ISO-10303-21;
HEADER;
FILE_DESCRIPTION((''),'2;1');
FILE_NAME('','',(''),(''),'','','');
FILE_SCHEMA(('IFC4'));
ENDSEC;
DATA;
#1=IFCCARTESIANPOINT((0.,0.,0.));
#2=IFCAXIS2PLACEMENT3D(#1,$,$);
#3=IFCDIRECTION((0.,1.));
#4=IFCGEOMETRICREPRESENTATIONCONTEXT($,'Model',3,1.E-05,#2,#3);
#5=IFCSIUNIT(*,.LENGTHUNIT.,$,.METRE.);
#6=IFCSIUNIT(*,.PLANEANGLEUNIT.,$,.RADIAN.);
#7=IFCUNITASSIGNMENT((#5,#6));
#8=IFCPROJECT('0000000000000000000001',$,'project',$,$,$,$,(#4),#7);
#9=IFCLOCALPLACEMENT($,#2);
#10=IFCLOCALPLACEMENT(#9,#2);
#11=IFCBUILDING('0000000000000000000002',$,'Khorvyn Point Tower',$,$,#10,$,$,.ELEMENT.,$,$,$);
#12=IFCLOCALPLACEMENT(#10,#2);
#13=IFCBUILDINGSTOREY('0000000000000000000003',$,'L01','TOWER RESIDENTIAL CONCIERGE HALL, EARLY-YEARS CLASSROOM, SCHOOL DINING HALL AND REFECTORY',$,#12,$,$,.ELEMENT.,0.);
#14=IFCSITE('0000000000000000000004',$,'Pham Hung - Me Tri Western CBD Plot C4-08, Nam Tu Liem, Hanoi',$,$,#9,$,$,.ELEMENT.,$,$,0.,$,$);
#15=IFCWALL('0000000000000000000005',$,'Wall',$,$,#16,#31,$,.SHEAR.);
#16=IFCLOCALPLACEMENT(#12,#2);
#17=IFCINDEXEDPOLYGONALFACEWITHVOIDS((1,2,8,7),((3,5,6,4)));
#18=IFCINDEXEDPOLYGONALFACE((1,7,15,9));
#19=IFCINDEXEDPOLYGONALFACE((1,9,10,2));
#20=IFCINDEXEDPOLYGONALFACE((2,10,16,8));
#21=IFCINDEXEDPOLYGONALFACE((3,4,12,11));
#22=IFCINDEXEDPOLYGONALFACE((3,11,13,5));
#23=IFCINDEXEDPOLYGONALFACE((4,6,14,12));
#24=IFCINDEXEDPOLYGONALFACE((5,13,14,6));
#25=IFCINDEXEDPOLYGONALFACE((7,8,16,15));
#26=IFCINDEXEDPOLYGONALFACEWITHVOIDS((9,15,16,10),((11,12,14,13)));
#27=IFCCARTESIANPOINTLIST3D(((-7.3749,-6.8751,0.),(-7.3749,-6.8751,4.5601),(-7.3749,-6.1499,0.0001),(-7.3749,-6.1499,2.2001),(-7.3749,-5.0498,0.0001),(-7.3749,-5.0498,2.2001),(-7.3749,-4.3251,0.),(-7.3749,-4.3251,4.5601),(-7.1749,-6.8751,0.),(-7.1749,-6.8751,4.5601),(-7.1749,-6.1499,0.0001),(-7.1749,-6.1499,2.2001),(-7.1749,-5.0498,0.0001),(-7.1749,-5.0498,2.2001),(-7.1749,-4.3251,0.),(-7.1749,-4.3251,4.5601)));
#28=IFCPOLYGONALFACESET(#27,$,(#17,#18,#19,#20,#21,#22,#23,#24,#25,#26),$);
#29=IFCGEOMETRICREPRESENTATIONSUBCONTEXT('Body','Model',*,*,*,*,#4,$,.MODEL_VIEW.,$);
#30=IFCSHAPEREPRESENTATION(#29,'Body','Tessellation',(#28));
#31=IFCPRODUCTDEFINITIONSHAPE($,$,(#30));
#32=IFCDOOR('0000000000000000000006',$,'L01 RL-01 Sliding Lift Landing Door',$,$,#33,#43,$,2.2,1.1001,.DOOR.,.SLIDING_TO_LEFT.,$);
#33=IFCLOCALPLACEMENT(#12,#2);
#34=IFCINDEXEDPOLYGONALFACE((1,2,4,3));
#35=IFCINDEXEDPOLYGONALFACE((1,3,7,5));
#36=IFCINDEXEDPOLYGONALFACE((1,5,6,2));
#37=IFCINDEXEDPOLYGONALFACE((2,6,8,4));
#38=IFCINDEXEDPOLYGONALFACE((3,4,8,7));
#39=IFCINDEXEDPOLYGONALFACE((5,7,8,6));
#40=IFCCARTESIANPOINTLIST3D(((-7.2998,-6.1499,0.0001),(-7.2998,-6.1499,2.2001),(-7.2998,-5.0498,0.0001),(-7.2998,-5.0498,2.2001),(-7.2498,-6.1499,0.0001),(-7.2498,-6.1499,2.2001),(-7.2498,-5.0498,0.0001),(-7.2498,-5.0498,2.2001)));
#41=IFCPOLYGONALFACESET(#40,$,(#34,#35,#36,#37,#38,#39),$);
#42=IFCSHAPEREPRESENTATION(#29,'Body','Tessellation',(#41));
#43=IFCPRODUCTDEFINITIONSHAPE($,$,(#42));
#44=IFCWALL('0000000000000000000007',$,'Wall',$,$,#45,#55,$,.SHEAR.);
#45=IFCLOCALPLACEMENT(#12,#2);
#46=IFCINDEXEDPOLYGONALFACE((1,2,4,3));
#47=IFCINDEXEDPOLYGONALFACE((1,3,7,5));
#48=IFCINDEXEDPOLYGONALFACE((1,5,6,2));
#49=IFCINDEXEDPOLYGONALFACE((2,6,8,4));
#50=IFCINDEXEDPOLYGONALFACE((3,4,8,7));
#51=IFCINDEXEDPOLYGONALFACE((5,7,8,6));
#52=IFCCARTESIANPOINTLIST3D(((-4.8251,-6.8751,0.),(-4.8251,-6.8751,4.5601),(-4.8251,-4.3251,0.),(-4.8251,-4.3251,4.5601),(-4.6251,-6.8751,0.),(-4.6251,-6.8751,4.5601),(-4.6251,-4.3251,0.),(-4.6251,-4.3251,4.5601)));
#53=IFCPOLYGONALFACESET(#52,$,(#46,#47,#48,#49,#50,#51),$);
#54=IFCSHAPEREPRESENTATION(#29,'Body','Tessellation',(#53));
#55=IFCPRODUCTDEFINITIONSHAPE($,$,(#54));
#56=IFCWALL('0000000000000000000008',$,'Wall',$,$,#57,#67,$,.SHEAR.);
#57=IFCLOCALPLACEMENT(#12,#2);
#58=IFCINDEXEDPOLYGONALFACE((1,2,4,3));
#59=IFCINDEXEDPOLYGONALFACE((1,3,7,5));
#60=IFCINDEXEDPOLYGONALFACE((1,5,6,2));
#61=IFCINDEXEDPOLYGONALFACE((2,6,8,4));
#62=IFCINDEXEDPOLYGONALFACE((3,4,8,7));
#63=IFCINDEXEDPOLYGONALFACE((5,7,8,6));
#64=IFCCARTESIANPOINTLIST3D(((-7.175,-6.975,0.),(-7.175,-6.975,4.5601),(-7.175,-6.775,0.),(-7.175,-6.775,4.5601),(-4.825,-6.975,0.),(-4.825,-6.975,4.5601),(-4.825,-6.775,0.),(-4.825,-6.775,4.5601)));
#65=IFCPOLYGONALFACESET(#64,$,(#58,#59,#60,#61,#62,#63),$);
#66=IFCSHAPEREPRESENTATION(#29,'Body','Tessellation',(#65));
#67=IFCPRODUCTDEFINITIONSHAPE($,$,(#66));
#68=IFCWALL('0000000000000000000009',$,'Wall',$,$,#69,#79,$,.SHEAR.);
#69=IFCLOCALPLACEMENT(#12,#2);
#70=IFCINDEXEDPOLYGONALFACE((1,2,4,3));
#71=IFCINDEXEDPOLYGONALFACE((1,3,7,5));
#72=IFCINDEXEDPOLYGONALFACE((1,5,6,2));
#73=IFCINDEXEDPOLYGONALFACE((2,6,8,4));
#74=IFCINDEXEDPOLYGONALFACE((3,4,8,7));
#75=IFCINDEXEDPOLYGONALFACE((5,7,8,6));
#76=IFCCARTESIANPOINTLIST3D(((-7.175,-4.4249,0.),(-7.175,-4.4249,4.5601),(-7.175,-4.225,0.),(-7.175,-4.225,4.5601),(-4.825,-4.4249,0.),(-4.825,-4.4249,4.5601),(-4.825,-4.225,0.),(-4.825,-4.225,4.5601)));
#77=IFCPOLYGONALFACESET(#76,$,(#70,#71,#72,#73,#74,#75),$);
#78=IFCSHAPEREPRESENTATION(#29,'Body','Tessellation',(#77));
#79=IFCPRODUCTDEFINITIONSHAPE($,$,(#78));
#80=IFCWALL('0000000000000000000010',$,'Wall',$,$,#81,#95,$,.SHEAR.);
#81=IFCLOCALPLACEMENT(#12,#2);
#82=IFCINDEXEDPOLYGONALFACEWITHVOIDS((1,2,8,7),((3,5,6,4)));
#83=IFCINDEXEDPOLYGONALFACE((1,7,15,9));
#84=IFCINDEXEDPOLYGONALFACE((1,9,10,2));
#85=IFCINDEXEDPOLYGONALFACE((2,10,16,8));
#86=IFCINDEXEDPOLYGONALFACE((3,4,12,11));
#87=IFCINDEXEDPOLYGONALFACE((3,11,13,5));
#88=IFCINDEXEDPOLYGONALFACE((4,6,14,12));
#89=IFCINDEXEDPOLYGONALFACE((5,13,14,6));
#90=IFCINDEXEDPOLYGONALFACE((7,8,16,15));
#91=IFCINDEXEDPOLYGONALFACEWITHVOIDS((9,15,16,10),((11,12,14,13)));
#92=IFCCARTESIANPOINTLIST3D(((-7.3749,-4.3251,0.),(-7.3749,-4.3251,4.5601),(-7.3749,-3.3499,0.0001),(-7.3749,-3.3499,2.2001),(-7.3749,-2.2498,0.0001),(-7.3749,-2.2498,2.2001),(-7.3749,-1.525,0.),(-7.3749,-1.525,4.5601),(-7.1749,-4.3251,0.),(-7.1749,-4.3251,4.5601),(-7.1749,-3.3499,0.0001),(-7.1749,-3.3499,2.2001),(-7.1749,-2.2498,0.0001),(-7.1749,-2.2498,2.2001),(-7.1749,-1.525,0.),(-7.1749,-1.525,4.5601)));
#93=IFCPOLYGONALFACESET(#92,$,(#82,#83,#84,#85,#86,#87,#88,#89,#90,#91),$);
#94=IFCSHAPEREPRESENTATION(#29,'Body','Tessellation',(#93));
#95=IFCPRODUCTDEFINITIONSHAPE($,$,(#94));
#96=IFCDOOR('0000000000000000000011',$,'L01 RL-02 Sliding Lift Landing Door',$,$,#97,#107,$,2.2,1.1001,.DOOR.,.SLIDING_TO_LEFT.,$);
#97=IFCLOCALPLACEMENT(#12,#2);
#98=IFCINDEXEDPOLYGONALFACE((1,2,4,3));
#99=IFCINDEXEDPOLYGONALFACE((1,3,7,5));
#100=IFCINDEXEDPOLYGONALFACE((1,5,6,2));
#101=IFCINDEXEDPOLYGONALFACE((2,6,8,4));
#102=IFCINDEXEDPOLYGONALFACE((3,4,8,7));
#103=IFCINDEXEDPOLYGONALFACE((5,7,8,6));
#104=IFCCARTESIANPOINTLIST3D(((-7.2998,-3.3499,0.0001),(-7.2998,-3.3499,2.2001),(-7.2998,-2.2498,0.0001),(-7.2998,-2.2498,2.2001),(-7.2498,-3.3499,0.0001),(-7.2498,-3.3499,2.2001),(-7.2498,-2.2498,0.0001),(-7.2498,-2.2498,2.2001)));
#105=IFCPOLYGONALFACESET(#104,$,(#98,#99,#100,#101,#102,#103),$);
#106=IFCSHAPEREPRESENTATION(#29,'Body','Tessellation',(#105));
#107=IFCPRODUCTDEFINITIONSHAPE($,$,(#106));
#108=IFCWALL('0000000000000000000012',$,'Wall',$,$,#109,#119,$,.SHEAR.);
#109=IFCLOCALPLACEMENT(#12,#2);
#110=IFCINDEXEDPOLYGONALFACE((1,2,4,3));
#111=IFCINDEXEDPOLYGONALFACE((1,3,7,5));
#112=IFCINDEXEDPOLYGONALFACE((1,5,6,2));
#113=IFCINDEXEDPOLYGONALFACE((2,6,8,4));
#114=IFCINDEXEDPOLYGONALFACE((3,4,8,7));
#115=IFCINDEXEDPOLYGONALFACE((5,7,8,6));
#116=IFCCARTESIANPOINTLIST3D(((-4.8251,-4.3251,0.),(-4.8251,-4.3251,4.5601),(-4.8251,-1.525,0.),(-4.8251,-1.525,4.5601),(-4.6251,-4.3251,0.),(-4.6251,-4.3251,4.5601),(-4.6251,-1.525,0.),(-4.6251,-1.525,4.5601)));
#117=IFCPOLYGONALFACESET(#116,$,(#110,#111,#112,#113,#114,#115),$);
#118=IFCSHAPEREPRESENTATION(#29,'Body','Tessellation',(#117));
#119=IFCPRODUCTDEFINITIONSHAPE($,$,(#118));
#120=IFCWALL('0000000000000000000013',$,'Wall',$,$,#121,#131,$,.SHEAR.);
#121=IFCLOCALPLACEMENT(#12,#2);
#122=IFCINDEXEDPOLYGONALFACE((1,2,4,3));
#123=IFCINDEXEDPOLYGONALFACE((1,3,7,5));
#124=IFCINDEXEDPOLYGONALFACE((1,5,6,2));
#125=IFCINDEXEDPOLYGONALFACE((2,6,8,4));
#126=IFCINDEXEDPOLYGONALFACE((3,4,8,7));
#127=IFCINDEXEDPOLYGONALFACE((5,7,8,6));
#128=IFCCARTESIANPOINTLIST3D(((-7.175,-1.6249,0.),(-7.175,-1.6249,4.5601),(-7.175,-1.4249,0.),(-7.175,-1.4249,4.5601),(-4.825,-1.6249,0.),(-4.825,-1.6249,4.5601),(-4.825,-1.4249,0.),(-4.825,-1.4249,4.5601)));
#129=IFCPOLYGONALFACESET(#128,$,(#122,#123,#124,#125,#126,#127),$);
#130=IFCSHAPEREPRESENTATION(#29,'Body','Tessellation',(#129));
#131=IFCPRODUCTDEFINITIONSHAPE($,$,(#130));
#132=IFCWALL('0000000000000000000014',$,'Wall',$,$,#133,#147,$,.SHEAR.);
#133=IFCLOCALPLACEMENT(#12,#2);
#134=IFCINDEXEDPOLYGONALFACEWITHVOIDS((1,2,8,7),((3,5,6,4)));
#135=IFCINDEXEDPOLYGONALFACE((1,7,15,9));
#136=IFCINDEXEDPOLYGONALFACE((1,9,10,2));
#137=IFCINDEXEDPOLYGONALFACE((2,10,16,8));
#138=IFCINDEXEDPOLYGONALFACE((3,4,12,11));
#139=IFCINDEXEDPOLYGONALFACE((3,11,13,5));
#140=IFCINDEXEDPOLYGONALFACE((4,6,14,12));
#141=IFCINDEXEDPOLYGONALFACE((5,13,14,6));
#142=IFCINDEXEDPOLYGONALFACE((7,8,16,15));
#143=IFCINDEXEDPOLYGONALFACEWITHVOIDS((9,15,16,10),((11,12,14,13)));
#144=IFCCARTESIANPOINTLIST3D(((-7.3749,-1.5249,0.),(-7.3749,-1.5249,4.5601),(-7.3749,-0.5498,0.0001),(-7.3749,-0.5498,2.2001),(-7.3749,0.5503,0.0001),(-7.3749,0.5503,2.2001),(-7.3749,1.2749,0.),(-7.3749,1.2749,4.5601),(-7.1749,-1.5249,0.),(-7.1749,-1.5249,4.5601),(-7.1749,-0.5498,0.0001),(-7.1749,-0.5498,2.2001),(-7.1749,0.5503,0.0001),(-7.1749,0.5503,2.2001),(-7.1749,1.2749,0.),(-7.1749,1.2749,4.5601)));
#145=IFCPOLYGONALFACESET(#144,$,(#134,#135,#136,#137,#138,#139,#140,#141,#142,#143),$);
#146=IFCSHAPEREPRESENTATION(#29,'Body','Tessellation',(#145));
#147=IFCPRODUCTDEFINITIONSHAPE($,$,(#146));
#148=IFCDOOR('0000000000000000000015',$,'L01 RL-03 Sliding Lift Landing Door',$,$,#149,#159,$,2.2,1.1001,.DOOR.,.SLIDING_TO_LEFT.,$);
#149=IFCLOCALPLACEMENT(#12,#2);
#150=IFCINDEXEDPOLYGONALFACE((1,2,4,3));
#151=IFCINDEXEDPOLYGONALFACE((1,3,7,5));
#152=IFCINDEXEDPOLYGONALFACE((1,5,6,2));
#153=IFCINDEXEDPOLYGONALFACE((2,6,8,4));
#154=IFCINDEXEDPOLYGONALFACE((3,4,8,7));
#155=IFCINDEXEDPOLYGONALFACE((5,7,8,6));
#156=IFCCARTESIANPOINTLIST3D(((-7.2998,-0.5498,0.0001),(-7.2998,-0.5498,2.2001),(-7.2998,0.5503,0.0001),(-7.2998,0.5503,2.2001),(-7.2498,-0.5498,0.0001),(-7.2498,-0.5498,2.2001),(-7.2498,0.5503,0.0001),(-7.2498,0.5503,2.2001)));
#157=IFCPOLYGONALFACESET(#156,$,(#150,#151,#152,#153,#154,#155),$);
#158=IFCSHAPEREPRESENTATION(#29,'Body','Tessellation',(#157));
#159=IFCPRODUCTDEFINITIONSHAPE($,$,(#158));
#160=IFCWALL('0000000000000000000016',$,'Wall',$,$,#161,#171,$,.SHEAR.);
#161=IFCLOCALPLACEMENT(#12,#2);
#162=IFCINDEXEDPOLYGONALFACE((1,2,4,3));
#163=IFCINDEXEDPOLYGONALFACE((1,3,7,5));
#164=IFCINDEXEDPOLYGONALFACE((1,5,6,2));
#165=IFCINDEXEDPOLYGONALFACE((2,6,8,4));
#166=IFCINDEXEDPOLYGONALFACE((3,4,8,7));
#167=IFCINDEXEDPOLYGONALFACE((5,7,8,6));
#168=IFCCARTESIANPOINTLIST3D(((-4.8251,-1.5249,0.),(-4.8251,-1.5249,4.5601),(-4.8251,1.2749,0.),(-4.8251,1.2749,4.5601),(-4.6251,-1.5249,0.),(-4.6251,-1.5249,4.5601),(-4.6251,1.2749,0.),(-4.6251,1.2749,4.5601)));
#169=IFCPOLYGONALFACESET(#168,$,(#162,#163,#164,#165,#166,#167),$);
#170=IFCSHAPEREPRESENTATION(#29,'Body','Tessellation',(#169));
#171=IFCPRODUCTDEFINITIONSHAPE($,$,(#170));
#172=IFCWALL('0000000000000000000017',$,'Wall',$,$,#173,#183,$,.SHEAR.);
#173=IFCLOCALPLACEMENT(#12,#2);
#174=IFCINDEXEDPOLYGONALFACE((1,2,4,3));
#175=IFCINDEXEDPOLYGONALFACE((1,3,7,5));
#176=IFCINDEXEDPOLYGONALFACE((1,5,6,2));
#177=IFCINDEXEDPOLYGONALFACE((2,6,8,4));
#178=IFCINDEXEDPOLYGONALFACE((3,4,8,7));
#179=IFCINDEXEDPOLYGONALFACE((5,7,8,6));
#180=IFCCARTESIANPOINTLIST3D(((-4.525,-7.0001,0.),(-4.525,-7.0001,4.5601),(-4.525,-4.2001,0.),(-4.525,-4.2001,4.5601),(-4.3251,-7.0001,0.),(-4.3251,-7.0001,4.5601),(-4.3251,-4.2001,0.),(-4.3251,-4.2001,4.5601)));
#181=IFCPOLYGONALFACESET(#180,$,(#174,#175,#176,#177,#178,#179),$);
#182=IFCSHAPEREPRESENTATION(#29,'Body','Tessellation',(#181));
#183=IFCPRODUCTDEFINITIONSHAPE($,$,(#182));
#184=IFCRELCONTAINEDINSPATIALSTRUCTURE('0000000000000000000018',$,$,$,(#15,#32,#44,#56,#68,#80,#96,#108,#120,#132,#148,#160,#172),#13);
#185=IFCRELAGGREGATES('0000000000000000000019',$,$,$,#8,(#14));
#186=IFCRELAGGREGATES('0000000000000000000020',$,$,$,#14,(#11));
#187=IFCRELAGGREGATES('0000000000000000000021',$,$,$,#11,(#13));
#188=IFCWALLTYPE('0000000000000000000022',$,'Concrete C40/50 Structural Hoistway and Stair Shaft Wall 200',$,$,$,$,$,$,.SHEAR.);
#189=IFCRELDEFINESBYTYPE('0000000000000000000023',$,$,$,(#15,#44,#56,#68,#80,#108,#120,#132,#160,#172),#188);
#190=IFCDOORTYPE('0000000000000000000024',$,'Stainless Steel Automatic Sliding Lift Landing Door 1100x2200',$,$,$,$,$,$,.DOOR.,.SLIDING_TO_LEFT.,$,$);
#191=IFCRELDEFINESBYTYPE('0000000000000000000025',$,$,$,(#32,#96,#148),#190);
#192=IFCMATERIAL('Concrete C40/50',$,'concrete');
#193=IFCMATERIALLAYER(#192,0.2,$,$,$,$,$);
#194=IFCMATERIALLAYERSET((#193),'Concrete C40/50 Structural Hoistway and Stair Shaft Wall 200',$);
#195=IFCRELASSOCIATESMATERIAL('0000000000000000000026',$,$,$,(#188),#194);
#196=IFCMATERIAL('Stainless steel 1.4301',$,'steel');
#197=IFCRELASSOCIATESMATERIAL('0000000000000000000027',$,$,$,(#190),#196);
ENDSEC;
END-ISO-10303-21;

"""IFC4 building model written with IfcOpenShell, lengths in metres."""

from ifc_helpers import new_model, si_unit, direction, frame, frame_2d, origin, place, context, subcontext, project, spatial, rectangle, extrude, material, layer, layer_set, type_object, element, fill, save


model = new_model("IFC4")

# Units and contexts
model_context = context("Model", 3, precision=1e-05, world=origin(), true_north=direction((0.0, 1.0)))
body_context = subcontext(model_context, "Body", "Model", "MODEL_VIEW")
ifc_project = project(units=[si_unit("LENGTHUNIT", "METRE"), si_unit("PLANEANGLEUNIT", "RADIAN")], contexts=[model_context])

# Site, building, storey
site_placement = place(None, origin())
site = spatial("IfcSite", under=ifc_project, at=site_placement, Name="Pham Hung - Me Tri Western CBD Plot C4-08, Nam Tu Liem, Hanoi", CompositionType="ELEMENT", RefElevation=0.0)
building_placement = place(site_placement, origin())
building = spatial("IfcBuilding", under=site, at=building_placement, Name="Khorvyn Point Tower", CompositionType="ELEMENT")
storey_placement = place(building_placement, origin())
storey = spatial("IfcBuildingStorey", under=building, at=storey_placement, Name="L01", Description="TOWER RESIDENTIAL CONCIERGE HALL, EARLY-YEARS CLASSROOM, SCHOOL DINING HALL AND REFECTORY", CompositionType="ELEMENT", Elevation=0.0)

# Shared definitions
ifc_material_1 = material(Name="Concrete C40/50", Category="concrete")

# Shared definitions
ifc_layer_1 = layer(ifc_material_1, 0.2)
ifc_layer_set_1 = layer_set([ifc_layer_1], Name="Concrete C40/50 Structural Hoistway and Stair Shaft Wall 200")
wall_type_1 = type_object("IfcWallType", Name="Concrete C40/50 Structural Hoistway and Stair Shaft Wall 200", PredefinedType="SHEAR", material=ifc_layer_set_1)

# Wall, opening, door
wall_1_placement = place(storey_placement, frame((-7.2749, -6.875, 0.0), z_axis=(0.0, 0.0, 1.0), x_axis=(0.0, 1.0, 0.0)))
wall_1 = element("IfcWall", 1, at=wall_1_placement, inside=storey, type_object=wall_type_1, Name="Wall", PredefinedType="SHEAR", context=body_context, shape_type="SweptSolid", body=[
    extrude(rectangle(XDim=2.55, YDim=0.2, at=frame_2d((1.2749, 0.0))), origin(), (0.0, 0.0, 1.0), 4.5601),
])
opening_1_placement = place(wall_1_placement, frame((0.7251, 0.0, 0.0)))
opening_1 = element("IfcOpeningElement", 2, at=opening_1_placement, cuts=wall_1, PredefinedType="OPENING", context=body_context, shape_type="SweptSolid", body=[
    extrude(rectangle(XDim=1.1001, YDim=2.2, at=frame_2d((0.55, 1.1001))), frame((0.0, 0.1099, 0.0), z_axis=(0.0, -1.0, 0.0), x_axis=(1.0, 0.0, 0.0)), (0.0, 0.0, 1.0), 0.22),
])
ifc_material_2 = material(Name="Stainless steel 1.4301", Category="steel")
door_type = type_object("IfcDoorType", Name="Stainless Steel Automatic Sliding Lift Landing Door 1100x2200", OperationType="SLIDING_TO_LEFT", PredefinedType="DOOR", material=ifc_material_2)
door_1_placement = place(opening_1_placement, origin())
door_1 = element("IfcDoor", 3, at=door_1_placement, inside=storey, type_object=door_type, Name="L01 RL-01 Sliding Lift Landing Door", OperationType="SLIDING_TO_LEFT", OverallHeight=2.2, OverallWidth=1.1001, PredefinedType="DOOR", context=body_context, shape_type="SweptSolid", body=[
    extrude(rectangle(XDim=1.1001, YDim=2.2, at=frame_2d((0.55, 1.1001))), frame((0.0, 0.0249, 0.0), z_axis=(0.0, -1.0, 0.0), x_axis=(1.0, 0.0, 0.0)), (0.0, 0.0, 1.0), 0.05),
])
fill(opening_1, door_1)

# Walls
wall_2_placement = place(storey_placement, frame((-4.7251, -6.875, 0.0), z_axis=(0.0, 0.0, 1.0), x_axis=(0.0, 1.0, 0.0)))
element("IfcWall", 4, at=wall_2_placement, inside=storey, type_object=wall_type_1, Name="Wall", PredefinedType="SHEAR", context=body_context, shape_type="SweptSolid", body=[
    extrude(rectangle(XDim=2.55, YDim=0.2, at=frame_2d((1.2749, 0.0))), origin(), (0.0, 0.0, 1.0), 4.5601),
])
for number, where, z_axis, x_axis, name in (
    (5, (-7.175, -6.875, 0.0), (0.0, 0.0, 1.0), (1.0, 0.0, 0.0), "Wall"),
    (6, (-7.175, -4.325, 0.0), (0.0, 0.0, 1.0), (1.0, 0.0, 0.0), "Wall"),
):
    element("IfcWall", number, at=place(storey_placement, frame(where, z_axis=z_axis, x_axis=x_axis)), inside=storey, type_object=wall_type_1, Name=name, PredefinedType="SHEAR", context=body_context, shape_type="SweptSolid", body=[
        extrude(rectangle(XDim=2.3501, YDim=0.2, at=frame_2d((1.175, 0.0))), origin(), (0.0, 0.0, 1.0), 4.5601),
    ])

# Wall, opening, door
wall_3_placement = place(storey_placement, frame((-7.2749, -4.325, 0.0), z_axis=(0.0, 0.0, 1.0), x_axis=(0.0, 1.0, 0.0)))
wall_3 = element("IfcWall", 7, at=wall_3_placement, inside=storey, type_object=wall_type_1, Name="Wall", PredefinedType="SHEAR", context=body_context, shape_type="SweptSolid", body=[
    extrude(rectangle(XDim=2.8, YDim=0.2, at=frame_2d((1.3999, 0.0))), origin(), (0.0, 0.0, 1.0), 4.5601),
])
opening_2_placement = place(wall_3_placement, frame((0.9751, 0.0, 0.0)))
opening_2 = element("IfcOpeningElement", 8, at=opening_2_placement, cuts=wall_3, PredefinedType="OPENING", context=body_context, shape_type="SweptSolid", body=[
    extrude(rectangle(XDim=1.1001, YDim=2.2, at=frame_2d((0.55, 1.1001))), frame((0.0, 0.1099, 0.0), z_axis=(0.0, -1.0, 0.0), x_axis=(1.0, 0.0, 0.0)), (0.0, 0.0, 1.0), 0.22),
])
door_2_placement = place(opening_2_placement, origin())
door_2 = element("IfcDoor", 9, at=door_2_placement, inside=storey, type_object=door_type, Name="L01 RL-02 Sliding Lift Landing Door", OperationType="SLIDING_TO_LEFT", OverallHeight=2.2, OverallWidth=1.1001, PredefinedType="DOOR", context=body_context, shape_type="SweptSolid", body=[
    extrude(rectangle(XDim=1.1001, YDim=2.2, at=frame_2d((0.55, 1.1001))), frame((0.0, 0.0249, 0.0), z_axis=(0.0, -1.0, 0.0), x_axis=(1.0, 0.0, 0.0)), (0.0, 0.0, 1.0), 0.05),
])
fill(opening_2, door_2)

# Walls
wall_4_placement = place(storey_placement, frame((-4.7251, -4.325, 0.0), z_axis=(0.0, 0.0, 1.0), x_axis=(0.0, 1.0, 0.0)))
element("IfcWall", 10, at=wall_4_placement, inside=storey, type_object=wall_type_1, Name="Wall", PredefinedType="SHEAR", context=body_context, shape_type="SweptSolid", body=[
    extrude(rectangle(XDim=2.8, YDim=0.2, at=frame_2d((1.3999, 0.0))), origin(), (0.0, 0.0, 1.0), 4.5601),
])
wall_5_placement = place(storey_placement, frame((-7.175, -1.5249, 0.0), z_axis=(0.0, 0.0, 1.0), x_axis=(1.0, 0.0, 0.0)))
element("IfcWall", 11, at=wall_5_placement, inside=storey, type_object=wall_type_1, Name="Wall", PredefinedType="SHEAR", context=body_context, shape_type="SweptSolid", body=[
    extrude(rectangle(XDim=2.3501, YDim=0.2, at=frame_2d((1.175, 0.0))), origin(), (0.0, 0.0, 1.0), 4.5601),
])

# Wall, opening, door
wall_6_placement = place(storey_placement, frame((-7.2749, -1.5249, 0.0), z_axis=(0.0, 0.0, 1.0), x_axis=(0.0, 1.0, 0.0)))
wall_6 = element("IfcWall", 12, at=wall_6_placement, inside=storey, type_object=wall_type_1, Name="Wall", PredefinedType="SHEAR", context=body_context, shape_type="SweptSolid", body=[
    extrude(rectangle(XDim=2.7998, YDim=0.2, at=frame_2d((1.3999, 0.0))), origin(), (0.0, 0.0, 1.0), 4.5601),
])
opening_3_placement = place(wall_6_placement, frame((0.9751, 0.0, 0.0)))
opening_3 = element("IfcOpeningElement", 13, at=opening_3_placement, cuts=wall_6, PredefinedType="OPENING", context=body_context, shape_type="SweptSolid", body=[
    extrude(rectangle(XDim=1.1001, YDim=2.2, at=frame_2d((0.55, 1.1001))), frame((0.0, 0.1099, 0.0), z_axis=(0.0, -1.0, 0.0), x_axis=(1.0, 0.0, 0.0)), (0.0, 0.0, 1.0), 0.22),
])
door_3_placement = place(opening_3_placement, origin())
door_3 = element("IfcDoor", 14, at=door_3_placement, inside=storey, type_object=door_type, Name="L01 RL-03 Sliding Lift Landing Door", OperationType="SLIDING_TO_LEFT", OverallHeight=2.2, OverallWidth=1.1001, PredefinedType="DOOR", context=body_context, shape_type="SweptSolid", body=[
    extrude(rectangle(XDim=1.1001, YDim=2.2, at=frame_2d((0.55, 1.1001))), frame((0.0, 0.0249, 0.0), z_axis=(0.0, -1.0, 0.0), x_axis=(1.0, 0.0, 0.0)), (0.0, 0.0, 1.0), 0.05),
])
fill(opening_3, door_3)

# Walls
wall_7_placement = place(storey_placement, frame((-4.7251, -1.5249, 0.0), z_axis=(0.0, 0.0, 1.0), x_axis=(0.0, 1.0, 0.0)))
element("IfcWall", 15, at=wall_7_placement, inside=storey, type_object=wall_type_1, Name="Wall", PredefinedType="SHEAR", context=body_context, shape_type="SweptSolid", body=[
    extrude(rectangle(XDim=2.7998, YDim=0.2, at=frame_2d((1.3999, 0.0))), origin(), (0.0, 0.0, 1.0), 4.5601),
])
for number, where, z_axis, x_axis, name in (
    (16, (-4.425, -7.0, 0.0), (0.0, 0.0, 1.0), (0.0, 1.0, 0.0), "Wall"),
):
    element("IfcWall", number, at=place(storey_placement, frame(where, z_axis=z_axis, x_axis=x_axis)), inside=storey, type_object=wall_type_1, Name=name, PredefinedType="SHEAR", context=body_context, shape_type="SweptSolid", body=[
        extrude(rectangle(XDim=2.8, YDim=0.2, at=frame_2d((1.3999, 0.0))), origin(), (0.0, 0.0, 1.0), 4.5601),
    ])

save(model, "model.ifc")
